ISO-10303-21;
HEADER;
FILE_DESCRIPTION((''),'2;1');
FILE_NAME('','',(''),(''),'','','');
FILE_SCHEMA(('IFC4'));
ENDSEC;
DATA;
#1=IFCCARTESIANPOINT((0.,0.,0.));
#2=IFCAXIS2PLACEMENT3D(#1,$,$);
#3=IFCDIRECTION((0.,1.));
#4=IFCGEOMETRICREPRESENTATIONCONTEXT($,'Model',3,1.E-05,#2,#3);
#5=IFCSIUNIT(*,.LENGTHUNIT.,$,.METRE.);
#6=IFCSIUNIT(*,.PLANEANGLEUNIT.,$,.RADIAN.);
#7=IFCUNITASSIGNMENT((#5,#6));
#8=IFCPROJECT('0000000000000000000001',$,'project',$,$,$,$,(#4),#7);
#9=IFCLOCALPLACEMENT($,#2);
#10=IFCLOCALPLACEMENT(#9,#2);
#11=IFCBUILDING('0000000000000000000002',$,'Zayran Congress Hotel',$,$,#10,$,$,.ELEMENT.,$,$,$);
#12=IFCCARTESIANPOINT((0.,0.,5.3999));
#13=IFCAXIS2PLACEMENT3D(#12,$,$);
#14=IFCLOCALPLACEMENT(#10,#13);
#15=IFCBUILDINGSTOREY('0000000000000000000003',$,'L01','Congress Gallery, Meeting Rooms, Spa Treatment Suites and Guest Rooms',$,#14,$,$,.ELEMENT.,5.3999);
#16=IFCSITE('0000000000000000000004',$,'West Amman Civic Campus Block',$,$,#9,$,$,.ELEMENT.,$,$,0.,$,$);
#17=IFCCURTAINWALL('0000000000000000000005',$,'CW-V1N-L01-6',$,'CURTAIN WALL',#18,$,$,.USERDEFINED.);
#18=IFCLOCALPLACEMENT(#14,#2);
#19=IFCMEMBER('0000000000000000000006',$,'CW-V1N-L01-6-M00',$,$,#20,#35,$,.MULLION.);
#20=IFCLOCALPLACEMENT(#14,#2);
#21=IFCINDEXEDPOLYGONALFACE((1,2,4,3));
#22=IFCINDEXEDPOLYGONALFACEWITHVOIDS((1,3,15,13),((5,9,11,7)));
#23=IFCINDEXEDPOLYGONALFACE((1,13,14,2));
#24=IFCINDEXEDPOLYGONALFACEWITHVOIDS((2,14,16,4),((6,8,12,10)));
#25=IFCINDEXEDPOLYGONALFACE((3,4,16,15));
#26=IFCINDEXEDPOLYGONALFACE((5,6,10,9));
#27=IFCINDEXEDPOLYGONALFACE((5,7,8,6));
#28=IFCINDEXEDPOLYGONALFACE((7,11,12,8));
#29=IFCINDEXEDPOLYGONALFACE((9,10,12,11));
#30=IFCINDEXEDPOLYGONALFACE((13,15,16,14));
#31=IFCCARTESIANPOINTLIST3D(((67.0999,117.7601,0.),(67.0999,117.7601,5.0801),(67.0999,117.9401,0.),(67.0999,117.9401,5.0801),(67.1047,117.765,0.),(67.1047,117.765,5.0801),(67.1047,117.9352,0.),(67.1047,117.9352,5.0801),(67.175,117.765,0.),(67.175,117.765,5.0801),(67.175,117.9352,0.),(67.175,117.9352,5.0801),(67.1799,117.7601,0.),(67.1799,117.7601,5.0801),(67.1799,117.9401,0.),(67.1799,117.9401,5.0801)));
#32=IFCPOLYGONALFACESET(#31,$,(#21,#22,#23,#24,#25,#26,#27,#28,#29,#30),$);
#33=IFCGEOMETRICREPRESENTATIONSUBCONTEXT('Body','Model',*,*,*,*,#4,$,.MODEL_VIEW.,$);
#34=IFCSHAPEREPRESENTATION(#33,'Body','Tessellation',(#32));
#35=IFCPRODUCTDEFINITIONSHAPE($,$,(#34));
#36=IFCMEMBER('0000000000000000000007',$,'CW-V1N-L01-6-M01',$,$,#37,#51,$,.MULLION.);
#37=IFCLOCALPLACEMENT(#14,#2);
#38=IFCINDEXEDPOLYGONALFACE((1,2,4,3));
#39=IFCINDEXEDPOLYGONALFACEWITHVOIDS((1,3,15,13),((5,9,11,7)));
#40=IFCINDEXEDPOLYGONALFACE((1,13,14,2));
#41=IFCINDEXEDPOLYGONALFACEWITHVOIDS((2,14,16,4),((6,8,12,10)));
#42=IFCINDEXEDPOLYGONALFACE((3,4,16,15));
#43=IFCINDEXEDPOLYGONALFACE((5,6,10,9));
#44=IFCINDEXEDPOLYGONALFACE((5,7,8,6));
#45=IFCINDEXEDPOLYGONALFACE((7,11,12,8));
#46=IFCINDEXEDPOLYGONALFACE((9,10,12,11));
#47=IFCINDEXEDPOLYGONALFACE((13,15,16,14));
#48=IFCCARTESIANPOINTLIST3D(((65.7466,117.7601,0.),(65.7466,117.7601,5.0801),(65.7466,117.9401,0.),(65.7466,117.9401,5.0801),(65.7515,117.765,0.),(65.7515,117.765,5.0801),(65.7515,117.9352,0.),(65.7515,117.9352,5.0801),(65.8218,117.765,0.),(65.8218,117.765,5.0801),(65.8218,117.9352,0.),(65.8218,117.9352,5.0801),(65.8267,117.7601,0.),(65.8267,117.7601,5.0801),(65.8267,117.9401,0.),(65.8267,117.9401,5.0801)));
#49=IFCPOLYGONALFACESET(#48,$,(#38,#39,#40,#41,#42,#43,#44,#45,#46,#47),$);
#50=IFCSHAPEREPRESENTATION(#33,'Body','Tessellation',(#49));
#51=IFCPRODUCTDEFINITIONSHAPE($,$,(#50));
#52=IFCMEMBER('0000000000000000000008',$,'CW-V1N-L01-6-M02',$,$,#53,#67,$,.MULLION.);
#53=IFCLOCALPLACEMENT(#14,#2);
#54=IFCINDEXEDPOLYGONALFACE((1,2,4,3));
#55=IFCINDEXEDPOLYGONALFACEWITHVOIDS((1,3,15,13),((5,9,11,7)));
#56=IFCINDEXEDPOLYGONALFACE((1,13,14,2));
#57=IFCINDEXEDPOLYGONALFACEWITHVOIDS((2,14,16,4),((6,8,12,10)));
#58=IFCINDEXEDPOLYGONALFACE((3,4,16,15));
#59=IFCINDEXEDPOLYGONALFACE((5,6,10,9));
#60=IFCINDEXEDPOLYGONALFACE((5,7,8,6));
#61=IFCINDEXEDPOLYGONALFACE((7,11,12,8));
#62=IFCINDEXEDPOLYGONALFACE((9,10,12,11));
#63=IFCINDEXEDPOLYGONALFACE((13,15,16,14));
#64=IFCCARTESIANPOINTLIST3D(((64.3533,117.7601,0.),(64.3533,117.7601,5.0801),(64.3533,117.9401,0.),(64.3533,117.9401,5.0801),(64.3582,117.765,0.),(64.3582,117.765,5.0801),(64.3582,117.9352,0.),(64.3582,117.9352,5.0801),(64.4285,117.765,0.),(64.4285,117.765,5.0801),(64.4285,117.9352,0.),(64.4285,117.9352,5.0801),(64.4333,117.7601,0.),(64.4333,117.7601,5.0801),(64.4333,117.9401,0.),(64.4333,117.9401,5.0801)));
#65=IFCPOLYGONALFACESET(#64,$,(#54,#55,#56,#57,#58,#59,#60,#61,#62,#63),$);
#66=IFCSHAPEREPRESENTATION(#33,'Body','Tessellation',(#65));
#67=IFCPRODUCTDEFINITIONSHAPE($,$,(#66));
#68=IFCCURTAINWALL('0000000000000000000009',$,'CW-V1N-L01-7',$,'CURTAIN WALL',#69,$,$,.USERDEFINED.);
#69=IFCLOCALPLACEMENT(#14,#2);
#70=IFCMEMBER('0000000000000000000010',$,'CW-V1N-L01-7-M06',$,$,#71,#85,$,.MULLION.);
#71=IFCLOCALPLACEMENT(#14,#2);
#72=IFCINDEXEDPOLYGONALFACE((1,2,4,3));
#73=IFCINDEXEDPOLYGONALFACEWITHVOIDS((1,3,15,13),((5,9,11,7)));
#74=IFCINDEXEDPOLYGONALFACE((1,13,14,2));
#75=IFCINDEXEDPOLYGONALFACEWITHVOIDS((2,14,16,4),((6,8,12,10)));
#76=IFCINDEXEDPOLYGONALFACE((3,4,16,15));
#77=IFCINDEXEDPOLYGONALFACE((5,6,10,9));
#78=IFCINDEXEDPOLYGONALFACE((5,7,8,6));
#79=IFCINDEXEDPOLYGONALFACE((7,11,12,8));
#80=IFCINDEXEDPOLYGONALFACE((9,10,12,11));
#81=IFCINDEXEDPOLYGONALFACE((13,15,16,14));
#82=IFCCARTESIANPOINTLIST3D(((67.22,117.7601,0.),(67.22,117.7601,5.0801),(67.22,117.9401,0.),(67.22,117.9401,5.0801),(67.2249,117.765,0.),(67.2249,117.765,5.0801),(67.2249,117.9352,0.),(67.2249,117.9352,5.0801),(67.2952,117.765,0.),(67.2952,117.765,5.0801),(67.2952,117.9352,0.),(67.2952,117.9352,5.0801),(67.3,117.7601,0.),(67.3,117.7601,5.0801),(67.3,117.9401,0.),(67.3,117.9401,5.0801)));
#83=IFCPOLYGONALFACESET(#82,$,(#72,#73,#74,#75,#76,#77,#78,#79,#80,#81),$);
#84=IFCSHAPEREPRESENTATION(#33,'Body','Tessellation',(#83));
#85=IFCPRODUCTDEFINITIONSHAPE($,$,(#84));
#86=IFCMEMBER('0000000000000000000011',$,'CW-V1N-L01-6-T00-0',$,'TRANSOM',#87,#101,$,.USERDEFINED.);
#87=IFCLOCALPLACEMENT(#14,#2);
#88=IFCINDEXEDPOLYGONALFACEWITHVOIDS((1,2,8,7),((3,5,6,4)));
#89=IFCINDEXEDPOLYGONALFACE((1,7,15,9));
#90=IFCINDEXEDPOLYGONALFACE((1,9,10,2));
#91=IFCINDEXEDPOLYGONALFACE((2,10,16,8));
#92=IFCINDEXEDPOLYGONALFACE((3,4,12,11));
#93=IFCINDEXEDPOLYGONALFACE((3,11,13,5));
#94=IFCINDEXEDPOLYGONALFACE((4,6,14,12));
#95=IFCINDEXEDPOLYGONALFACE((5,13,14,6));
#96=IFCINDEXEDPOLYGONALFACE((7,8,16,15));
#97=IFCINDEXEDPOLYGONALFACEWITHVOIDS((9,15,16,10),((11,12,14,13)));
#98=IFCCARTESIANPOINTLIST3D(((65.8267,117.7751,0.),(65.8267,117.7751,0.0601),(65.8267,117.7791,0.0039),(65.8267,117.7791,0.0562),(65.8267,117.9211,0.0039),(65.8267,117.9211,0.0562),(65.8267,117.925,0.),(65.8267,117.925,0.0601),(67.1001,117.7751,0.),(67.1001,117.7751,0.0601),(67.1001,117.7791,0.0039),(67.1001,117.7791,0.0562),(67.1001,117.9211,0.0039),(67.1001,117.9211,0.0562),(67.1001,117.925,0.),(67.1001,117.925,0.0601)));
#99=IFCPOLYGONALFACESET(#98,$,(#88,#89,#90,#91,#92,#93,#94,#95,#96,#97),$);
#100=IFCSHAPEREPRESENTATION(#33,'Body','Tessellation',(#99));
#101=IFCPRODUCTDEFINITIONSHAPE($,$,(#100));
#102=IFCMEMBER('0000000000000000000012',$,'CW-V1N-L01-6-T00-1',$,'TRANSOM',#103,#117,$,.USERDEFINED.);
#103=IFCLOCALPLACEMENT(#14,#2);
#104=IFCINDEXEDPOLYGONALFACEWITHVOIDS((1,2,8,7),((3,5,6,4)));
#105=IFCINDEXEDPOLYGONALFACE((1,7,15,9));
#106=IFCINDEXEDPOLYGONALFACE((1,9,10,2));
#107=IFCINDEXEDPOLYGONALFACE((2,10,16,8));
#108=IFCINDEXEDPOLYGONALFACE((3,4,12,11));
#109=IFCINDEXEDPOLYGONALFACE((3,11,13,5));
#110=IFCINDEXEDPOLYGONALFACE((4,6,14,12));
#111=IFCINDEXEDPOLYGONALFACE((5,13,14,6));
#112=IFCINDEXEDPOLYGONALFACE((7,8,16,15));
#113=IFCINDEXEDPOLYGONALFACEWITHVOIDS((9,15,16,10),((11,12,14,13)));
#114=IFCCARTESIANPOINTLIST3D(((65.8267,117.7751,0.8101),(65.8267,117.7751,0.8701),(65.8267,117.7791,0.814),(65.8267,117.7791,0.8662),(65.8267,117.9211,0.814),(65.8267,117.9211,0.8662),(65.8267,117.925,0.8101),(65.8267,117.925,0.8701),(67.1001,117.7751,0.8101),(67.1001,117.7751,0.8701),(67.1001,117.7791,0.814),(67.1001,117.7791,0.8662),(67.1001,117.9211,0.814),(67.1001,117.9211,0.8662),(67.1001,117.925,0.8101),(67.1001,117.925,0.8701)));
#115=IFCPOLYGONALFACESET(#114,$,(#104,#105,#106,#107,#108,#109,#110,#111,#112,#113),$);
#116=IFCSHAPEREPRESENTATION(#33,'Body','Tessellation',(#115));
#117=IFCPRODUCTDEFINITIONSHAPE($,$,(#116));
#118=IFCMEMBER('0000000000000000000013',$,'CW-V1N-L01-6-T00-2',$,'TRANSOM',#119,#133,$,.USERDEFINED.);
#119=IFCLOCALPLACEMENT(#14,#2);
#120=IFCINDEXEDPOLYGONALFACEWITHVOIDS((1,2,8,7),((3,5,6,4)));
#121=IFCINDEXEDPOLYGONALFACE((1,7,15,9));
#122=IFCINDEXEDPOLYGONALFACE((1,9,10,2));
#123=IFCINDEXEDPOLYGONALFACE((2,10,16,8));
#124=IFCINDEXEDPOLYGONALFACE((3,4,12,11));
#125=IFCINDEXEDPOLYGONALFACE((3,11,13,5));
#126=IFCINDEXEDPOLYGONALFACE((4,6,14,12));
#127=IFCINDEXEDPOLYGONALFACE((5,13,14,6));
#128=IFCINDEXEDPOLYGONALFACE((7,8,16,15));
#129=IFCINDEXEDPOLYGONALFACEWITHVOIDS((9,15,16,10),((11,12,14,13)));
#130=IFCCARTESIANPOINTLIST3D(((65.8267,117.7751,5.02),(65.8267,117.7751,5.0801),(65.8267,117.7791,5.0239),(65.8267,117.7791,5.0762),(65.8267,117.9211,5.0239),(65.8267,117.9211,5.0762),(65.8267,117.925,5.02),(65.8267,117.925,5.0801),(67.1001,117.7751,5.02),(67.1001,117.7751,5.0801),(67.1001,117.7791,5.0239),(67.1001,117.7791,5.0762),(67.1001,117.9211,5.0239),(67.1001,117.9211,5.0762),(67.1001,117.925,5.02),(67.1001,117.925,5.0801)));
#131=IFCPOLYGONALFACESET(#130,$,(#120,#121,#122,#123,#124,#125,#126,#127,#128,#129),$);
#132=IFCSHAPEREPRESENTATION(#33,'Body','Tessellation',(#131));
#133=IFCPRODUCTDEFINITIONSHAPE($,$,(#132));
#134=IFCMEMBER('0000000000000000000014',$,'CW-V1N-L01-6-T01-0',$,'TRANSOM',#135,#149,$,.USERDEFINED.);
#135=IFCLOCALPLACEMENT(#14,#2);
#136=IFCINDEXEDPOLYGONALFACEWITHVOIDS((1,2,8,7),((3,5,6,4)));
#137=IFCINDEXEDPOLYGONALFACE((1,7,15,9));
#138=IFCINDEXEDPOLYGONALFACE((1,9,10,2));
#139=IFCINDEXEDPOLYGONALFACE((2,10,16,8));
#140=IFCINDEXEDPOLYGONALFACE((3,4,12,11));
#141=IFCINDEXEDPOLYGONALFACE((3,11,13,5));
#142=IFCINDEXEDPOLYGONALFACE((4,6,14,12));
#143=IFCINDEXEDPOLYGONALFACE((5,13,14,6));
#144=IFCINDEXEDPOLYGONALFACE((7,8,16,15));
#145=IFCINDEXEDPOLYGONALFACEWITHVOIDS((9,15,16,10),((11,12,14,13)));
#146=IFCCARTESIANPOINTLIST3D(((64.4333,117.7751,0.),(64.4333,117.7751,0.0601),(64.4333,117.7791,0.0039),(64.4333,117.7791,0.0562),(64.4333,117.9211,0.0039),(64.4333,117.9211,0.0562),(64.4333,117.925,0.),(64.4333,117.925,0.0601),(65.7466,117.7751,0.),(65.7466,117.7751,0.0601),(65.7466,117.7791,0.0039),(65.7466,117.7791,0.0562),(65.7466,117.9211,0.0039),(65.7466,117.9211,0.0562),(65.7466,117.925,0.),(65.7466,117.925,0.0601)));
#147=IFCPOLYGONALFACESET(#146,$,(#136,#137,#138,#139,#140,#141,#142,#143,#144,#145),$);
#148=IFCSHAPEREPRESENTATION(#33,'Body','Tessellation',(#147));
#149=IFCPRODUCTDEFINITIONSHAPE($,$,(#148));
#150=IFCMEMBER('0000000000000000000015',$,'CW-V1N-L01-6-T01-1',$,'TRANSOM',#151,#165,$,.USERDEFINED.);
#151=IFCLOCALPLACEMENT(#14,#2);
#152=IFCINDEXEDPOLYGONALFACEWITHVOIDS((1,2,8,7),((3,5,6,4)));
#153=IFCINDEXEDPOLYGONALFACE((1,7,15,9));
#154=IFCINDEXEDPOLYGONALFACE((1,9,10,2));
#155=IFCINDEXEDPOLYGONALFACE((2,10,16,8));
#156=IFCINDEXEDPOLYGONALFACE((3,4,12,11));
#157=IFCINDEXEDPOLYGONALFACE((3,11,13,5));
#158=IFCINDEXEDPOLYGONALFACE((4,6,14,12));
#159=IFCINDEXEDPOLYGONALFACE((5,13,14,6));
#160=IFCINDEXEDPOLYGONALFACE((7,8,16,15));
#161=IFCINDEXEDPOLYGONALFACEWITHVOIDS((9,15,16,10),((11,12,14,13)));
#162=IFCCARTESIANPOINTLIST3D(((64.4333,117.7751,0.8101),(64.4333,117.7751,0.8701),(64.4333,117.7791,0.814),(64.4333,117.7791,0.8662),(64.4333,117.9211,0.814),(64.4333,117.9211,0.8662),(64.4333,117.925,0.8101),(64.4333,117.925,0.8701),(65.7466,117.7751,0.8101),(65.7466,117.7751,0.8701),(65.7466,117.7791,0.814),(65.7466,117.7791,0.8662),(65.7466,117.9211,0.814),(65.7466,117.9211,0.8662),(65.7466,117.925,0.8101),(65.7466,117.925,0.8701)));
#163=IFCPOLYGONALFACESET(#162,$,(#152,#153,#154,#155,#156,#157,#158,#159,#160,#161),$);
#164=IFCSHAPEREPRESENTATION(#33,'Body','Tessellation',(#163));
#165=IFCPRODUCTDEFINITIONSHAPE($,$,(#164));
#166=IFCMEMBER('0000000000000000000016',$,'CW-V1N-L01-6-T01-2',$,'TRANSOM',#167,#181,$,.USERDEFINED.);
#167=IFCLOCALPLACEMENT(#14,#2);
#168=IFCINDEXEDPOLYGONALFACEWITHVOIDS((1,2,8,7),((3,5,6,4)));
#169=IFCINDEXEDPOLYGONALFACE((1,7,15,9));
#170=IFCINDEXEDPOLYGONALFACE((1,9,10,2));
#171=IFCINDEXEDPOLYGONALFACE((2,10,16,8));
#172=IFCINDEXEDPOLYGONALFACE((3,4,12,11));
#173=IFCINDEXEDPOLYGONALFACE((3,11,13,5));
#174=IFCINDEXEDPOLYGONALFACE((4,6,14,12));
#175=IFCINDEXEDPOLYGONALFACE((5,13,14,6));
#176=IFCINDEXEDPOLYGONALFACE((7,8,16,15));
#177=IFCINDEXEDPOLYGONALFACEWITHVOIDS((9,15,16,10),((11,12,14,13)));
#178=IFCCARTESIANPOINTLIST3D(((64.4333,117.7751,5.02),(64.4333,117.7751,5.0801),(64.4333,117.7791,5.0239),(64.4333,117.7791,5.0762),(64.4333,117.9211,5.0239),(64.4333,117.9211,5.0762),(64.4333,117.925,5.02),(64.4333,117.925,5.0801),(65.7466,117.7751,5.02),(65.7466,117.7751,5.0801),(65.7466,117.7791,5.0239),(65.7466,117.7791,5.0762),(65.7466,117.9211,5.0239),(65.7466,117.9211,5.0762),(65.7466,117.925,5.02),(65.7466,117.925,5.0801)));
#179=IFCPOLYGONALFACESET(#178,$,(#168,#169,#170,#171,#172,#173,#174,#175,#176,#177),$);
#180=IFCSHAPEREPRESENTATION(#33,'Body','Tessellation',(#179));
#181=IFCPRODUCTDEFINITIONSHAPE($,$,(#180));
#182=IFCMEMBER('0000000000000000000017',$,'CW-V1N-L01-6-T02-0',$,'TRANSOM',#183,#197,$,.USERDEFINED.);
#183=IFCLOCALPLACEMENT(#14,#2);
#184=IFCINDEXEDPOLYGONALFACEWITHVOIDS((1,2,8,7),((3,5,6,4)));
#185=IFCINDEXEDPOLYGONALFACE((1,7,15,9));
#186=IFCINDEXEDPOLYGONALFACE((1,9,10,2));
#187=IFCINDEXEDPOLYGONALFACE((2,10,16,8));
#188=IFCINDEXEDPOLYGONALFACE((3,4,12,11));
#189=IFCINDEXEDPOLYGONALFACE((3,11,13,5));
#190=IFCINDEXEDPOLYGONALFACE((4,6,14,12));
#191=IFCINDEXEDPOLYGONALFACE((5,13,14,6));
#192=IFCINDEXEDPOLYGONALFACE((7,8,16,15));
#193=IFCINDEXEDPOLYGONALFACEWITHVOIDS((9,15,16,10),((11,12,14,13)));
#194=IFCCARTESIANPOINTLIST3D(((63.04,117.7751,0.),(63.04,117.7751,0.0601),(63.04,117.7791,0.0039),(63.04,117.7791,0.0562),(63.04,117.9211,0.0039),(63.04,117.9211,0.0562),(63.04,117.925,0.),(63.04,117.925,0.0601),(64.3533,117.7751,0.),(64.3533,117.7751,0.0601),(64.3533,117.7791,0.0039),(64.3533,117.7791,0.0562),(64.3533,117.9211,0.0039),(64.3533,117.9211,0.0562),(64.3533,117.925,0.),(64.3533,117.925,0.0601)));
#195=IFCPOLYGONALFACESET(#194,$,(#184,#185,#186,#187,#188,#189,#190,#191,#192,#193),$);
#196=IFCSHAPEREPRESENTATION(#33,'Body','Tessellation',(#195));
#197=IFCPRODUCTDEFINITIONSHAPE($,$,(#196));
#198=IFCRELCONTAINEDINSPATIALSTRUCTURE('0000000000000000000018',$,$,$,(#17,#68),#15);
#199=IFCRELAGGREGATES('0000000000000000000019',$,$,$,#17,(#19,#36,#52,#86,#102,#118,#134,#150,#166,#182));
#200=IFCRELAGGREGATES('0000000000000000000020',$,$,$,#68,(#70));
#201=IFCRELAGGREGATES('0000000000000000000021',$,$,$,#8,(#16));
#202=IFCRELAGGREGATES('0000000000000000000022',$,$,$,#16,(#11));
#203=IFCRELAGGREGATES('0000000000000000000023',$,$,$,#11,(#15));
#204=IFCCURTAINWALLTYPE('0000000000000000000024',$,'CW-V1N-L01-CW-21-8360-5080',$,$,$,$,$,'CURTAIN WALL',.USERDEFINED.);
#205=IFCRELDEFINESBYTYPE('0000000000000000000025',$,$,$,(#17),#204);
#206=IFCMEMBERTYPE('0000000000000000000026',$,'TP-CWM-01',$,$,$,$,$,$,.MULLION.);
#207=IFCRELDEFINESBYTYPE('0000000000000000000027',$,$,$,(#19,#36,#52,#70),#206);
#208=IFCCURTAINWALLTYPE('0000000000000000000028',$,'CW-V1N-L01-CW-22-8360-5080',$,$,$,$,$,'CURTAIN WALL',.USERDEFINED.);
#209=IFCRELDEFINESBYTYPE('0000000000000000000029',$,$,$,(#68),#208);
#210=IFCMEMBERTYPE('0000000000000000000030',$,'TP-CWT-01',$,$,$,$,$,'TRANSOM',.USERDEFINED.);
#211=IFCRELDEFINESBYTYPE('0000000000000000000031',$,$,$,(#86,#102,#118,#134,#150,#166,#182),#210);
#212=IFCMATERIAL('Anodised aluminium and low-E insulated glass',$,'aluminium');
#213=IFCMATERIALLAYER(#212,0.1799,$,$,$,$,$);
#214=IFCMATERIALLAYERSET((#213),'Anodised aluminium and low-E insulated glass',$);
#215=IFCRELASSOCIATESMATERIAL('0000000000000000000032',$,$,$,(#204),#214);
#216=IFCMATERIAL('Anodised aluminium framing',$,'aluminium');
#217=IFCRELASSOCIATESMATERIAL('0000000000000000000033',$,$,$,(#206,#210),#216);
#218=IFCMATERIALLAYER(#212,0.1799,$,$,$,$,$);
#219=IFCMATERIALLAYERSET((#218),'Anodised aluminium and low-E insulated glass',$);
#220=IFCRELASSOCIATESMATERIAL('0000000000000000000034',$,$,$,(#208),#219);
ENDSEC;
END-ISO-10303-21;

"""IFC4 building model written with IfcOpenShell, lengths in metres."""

from ifc_helpers import new_model, si_unit, direction, frame, origin, origin_2d, place, context, subcontext, project, spatial, hollow_rectangle, extrude, material, layer, layer_set, material_profile, profile_set, type_object, element, aggregate, save


model = new_model("IFC4")

# Units and contexts
model_context = context("Model", 3, precision=1e-05, world=origin(), true_north=direction((0.0, 1.0)))
body_context = subcontext(model_context, "Body", "Model", "MODEL_VIEW")
ifc_project = project(units=[si_unit("LENGTHUNIT", "METRE"), si_unit("PLANEANGLEUNIT", "RADIAN")], contexts=[model_context])

# Site, building, storey
site_placement = place(None, origin())
site = spatial("IfcSite", under=ifc_project, at=site_placement, Name="West Amman Civic Campus Block", CompositionType="ELEMENT", RefElevation=0.0)
building_placement = place(site_placement, origin())
building = spatial("IfcBuilding", under=site, at=building_placement, Name="Zayran Congress Hotel", CompositionType="ELEMENT")
storey_placement = place(building_placement, frame((0.0, 0.0, 5.3999)))
storey = spatial("IfcBuildingStorey", under=building, at=storey_placement, Name="L01", Description="Congress Gallery, Meeting Rooms, Spa Treatment Suites and Guest Rooms", CompositionType="ELEMENT", Elevation=5.3999)

# Curtain wall, members
ifc_material_1 = material(Name="Anodised aluminium and low-E insulated glass", Category="aluminium")
ifc_layer_1 = layer(ifc_material_1, 0.1799)
ifc_layer_set_1 = layer_set([ifc_layer_1], Name="Anodised aluminium and low-E insulated glass")
curtain_wall_type_1 = type_object("IfcCurtainWallType", Name="CW-V1N-L01-CW-21-8360-5080", ElementType="CURTAIN WALL", PredefinedType="USERDEFINED", material=ifc_layer_set_1)
curtain_wall_1_placement = place(storey_placement, origin())
curtain_wall_1 = element("IfcCurtainWall", 1, at=curtain_wall_1_placement, inside=storey, type_object=curtain_wall_type_1, Name="CW-V1N-L01-6", ObjectType="CURTAIN WALL", PredefinedType="USERDEFINED")
ifc_material_2 = material(Name="Anodised aluminium framing", Category="aluminium")
ifc_material_profile_1 = material_profile(ifc_material_2, hollow_rectangle(XDim=0.0801, YDim=0.1799, WallThickness=0.0049, at=origin_2d()), Name="RHS 180x80x5")
ifc_profile_set_1 = profile_set([ifc_material_profile_1], Name="Anodised aluminium framing")
member_type_1 = type_object("IfcMemberType", Name="TP-CWM-01", PredefinedType="MULLION", material=ifc_profile_set_1)
member_1_placement = place(storey_placement, frame((67.1399, 117.8501, 0.0), z_axis=(0.0, 0.0, 1.0), x_axis=(1.0, 0.0, 0.0)))
member_1 = element("IfcMember", 2, at=member_1_placement, type_object=member_type_1, Name="CW-V1N-L01-6-M00", PredefinedType="MULLION", context=body_context, shape_type="SweptSolid", body=[
    extrude(hollow_rectangle(XDim=0.0801, YDim=0.1799, WallThickness=0.0049, at=origin_2d()), origin(), (0.0, 0.0, 1.0), 5.0801),
])
member_2_placement = place(storey_placement, frame((65.7866, 117.8501, 0.0), z_axis=(0.0, 0.0, 1.0), x_axis=(1.0, 0.0, 0.0)))
member_2 = element("IfcMember", 3, at=member_2_placement, type_object=member_type_1, Name="CW-V1N-L01-6-M01", PredefinedType="MULLION", context=body_context, shape_type="SweptSolid", body=[
    extrude(hollow_rectangle(XDim=0.0801, YDim=0.1799, WallThickness=0.0049, at=origin_2d()), origin(), (0.0, 0.0, 1.0), 5.0801),
])
member_3_placement = place(storey_placement, frame((64.3933, 117.8501, 0.0), z_axis=(0.0, 0.0, 1.0), x_axis=(1.0, 0.0, 0.0)))
member_3 = element("IfcMember", 4, at=member_3_placement, type_object=member_type_1, Name="CW-V1N-L01-6-M02", PredefinedType="MULLION", context=body_context, shape_type="SweptSolid", body=[
    extrude(hollow_rectangle(XDim=0.0801, YDim=0.1799, WallThickness=0.0049, at=origin_2d()), origin(), (0.0, 0.0, 1.0), 5.0801),
])

# Curtain wall, member
ifc_layer_2 = layer(ifc_material_1, 0.1799)
ifc_layer_set_2 = layer_set([ifc_layer_2], Name="Anodised aluminium and low-E insulated glass")
curtain_wall_type_2 = type_object("IfcCurtainWallType", Name="CW-V1N-L01-CW-22-8360-5080", ElementType="CURTAIN WALL", PredefinedType="USERDEFINED", material=ifc_layer_set_2)
curtain_wall_2_placement = place(storey_placement, origin())
curtain_wall_2 = element("IfcCurtainWall", 5, at=curtain_wall_2_placement, inside=storey, type_object=curtain_wall_type_2, Name="CW-V1N-L01-7", ObjectType="CURTAIN WALL", PredefinedType="USERDEFINED")
member_4_placement = place(storey_placement, frame((67.26, 117.8501, 0.0), z_axis=(0.0, 0.0, 1.0), x_axis=(1.0, 0.0, 0.0)))
member_4 = element("IfcMember", 6, at=member_4_placement, type_object=member_type_1, Name="CW-V1N-L01-7-M06", PredefinedType="MULLION", context=body_context, shape_type="SweptSolid", body=[
    extrude(hollow_rectangle(XDim=0.0801, YDim=0.1799, WallThickness=0.0049, at=origin_2d()), origin(), (0.0, 0.0, 1.0), 5.0801),
])

# Members
ifc_material_profile_2 = material_profile(ifc_material_2, hollow_rectangle(XDim=0.0601, YDim=0.1499, WallThickness=0.0039, at=origin_2d()), Name="RHS 150x60x4")
ifc_profile_set_2 = profile_set([ifc_material_profile_2], Name="Anodised aluminium framing")
member_type_2 = type_object("IfcMemberType", Name="TP-CWT-01", ElementType="TRANSOM", PredefinedType="USERDEFINED", material=ifc_profile_set_2)
member_5_placement = place(storey_placement, frame((67.1001, 117.8501, 0.03), z_axis=(-1.0, 0.0, 0.0), x_axis=(0.0, 0.0, 1.0)))
member_5 = element("IfcMember", 7, at=member_5_placement, type_object=member_type_2, Name="CW-V1N-L01-6-T00-0", ObjectType="TRANSOM", PredefinedType="USERDEFINED", context=body_context, shape_type="SweptSolid", body=[
    extrude(hollow_rectangle(XDim=0.0601, YDim=0.1499, WallThickness=0.0039, at=origin_2d()), origin(), (0.0, 0.0, 1.0), 1.2734),
])
member_6_placement = place(storey_placement, frame((67.1001, 117.8501, 0.8401), z_axis=(-1.0, 0.0, 0.0), x_axis=(0.0, 0.0, 1.0)))
member_6 = element("IfcMember", 8, at=member_6_placement, type_object=member_type_2, Name="CW-V1N-L01-6-T00-1", ObjectType="TRANSOM", PredefinedType="USERDEFINED", context=body_context, shape_type="SweptSolid", body=[
    extrude(hollow_rectangle(XDim=0.0601, YDim=0.1499, WallThickness=0.0039, at=origin_2d()), origin(), (0.0, 0.0, 1.0), 1.2734),
])
member_7_placement = place(storey_placement, frame((67.1001, 117.8501, 5.05), z_axis=(-1.0, 0.0, 0.0), x_axis=(0.0, 0.0, 1.0)))
member_7 = element("IfcMember", 9, at=member_7_placement, type_object=member_type_2, Name="CW-V1N-L01-6-T00-2", ObjectType="TRANSOM", PredefinedType="USERDEFINED", context=body_context, shape_type="SweptSolid", body=[
    extrude(hollow_rectangle(XDim=0.0601, YDim=0.1499, WallThickness=0.0039, at=origin_2d()), origin(), (0.0, 0.0, 1.0), 1.2734),
])
member_8_placement = place(storey_placement, frame((65.7466, 117.8501, 0.03), z_axis=(-1.0, 0.0, 0.0), x_axis=(0.0, 0.0, 1.0)))
member_8 = element("IfcMember", 10, at=member_8_placement, type_object=member_type_2, Name="CW-V1N-L01-6-T01-0", ObjectType="TRANSOM", PredefinedType="USERDEFINED", context=body_context, shape_type="SweptSolid", body=[
    extrude(hollow_rectangle(XDim=0.0601, YDim=0.1499, WallThickness=0.0039, at=origin_2d()), origin(), (0.0, 0.0, 1.0), 1.3132),
])
member_9_placement = place(storey_placement, frame((65.7466, 117.8501, 0.8401), z_axis=(-1.0, 0.0, 0.0), x_axis=(0.0, 0.0, 1.0)))
member_9 = element("IfcMember", 11, at=member_9_placement, type_object=member_type_2, Name="CW-V1N-L01-6-T01-1", ObjectType="TRANSOM", PredefinedType="USERDEFINED", context=body_context, shape_type="SweptSolid", body=[
    extrude(hollow_rectangle(XDim=0.0601, YDim=0.1499, WallThickness=0.0039, at=origin_2d()), origin(), (0.0, 0.0, 1.0), 1.3132),
])
member_10_placement = place(storey_placement, frame((65.7466, 117.8501, 5.05), z_axis=(-1.0, 0.0, 0.0), x_axis=(0.0, 0.0, 1.0)))
member_10 = element("IfcMember", 12, at=member_10_placement, type_object=member_type_2, Name="CW-V1N-L01-6-T01-2", ObjectType="TRANSOM", PredefinedType="USERDEFINED", context=body_context, shape_type="SweptSolid", body=[
    extrude(hollow_rectangle(XDim=0.0601, YDim=0.1499, WallThickness=0.0039, at=origin_2d()), origin(), (0.0, 0.0, 1.0), 1.3132),
])
member_11_placement = place(storey_placement, frame((64.3533, 117.8501, 0.03), z_axis=(-1.0, 0.0, 0.0), x_axis=(0.0, 0.0, 1.0)))
member_11 = element("IfcMember", 13, at=member_11_placement, type_object=member_type_2, Name="CW-V1N-L01-6-T02-0", ObjectType="TRANSOM", PredefinedType="USERDEFINED", context=body_context, shape_type="SweptSolid", body=[
    extrude(hollow_rectangle(XDim=0.0601, YDim=0.1499, WallThickness=0.0039, at=origin_2d()), origin(), (0.0, 0.0, 1.0), 1.3132),
])

aggregate(curtain_wall_1, [member_1, member_2, member_3, member_5, member_6, member_7, member_8, member_9, member_10, member_11])
aggregate(curtain_wall_2, [member_4])

save(model, "model.ifc")
